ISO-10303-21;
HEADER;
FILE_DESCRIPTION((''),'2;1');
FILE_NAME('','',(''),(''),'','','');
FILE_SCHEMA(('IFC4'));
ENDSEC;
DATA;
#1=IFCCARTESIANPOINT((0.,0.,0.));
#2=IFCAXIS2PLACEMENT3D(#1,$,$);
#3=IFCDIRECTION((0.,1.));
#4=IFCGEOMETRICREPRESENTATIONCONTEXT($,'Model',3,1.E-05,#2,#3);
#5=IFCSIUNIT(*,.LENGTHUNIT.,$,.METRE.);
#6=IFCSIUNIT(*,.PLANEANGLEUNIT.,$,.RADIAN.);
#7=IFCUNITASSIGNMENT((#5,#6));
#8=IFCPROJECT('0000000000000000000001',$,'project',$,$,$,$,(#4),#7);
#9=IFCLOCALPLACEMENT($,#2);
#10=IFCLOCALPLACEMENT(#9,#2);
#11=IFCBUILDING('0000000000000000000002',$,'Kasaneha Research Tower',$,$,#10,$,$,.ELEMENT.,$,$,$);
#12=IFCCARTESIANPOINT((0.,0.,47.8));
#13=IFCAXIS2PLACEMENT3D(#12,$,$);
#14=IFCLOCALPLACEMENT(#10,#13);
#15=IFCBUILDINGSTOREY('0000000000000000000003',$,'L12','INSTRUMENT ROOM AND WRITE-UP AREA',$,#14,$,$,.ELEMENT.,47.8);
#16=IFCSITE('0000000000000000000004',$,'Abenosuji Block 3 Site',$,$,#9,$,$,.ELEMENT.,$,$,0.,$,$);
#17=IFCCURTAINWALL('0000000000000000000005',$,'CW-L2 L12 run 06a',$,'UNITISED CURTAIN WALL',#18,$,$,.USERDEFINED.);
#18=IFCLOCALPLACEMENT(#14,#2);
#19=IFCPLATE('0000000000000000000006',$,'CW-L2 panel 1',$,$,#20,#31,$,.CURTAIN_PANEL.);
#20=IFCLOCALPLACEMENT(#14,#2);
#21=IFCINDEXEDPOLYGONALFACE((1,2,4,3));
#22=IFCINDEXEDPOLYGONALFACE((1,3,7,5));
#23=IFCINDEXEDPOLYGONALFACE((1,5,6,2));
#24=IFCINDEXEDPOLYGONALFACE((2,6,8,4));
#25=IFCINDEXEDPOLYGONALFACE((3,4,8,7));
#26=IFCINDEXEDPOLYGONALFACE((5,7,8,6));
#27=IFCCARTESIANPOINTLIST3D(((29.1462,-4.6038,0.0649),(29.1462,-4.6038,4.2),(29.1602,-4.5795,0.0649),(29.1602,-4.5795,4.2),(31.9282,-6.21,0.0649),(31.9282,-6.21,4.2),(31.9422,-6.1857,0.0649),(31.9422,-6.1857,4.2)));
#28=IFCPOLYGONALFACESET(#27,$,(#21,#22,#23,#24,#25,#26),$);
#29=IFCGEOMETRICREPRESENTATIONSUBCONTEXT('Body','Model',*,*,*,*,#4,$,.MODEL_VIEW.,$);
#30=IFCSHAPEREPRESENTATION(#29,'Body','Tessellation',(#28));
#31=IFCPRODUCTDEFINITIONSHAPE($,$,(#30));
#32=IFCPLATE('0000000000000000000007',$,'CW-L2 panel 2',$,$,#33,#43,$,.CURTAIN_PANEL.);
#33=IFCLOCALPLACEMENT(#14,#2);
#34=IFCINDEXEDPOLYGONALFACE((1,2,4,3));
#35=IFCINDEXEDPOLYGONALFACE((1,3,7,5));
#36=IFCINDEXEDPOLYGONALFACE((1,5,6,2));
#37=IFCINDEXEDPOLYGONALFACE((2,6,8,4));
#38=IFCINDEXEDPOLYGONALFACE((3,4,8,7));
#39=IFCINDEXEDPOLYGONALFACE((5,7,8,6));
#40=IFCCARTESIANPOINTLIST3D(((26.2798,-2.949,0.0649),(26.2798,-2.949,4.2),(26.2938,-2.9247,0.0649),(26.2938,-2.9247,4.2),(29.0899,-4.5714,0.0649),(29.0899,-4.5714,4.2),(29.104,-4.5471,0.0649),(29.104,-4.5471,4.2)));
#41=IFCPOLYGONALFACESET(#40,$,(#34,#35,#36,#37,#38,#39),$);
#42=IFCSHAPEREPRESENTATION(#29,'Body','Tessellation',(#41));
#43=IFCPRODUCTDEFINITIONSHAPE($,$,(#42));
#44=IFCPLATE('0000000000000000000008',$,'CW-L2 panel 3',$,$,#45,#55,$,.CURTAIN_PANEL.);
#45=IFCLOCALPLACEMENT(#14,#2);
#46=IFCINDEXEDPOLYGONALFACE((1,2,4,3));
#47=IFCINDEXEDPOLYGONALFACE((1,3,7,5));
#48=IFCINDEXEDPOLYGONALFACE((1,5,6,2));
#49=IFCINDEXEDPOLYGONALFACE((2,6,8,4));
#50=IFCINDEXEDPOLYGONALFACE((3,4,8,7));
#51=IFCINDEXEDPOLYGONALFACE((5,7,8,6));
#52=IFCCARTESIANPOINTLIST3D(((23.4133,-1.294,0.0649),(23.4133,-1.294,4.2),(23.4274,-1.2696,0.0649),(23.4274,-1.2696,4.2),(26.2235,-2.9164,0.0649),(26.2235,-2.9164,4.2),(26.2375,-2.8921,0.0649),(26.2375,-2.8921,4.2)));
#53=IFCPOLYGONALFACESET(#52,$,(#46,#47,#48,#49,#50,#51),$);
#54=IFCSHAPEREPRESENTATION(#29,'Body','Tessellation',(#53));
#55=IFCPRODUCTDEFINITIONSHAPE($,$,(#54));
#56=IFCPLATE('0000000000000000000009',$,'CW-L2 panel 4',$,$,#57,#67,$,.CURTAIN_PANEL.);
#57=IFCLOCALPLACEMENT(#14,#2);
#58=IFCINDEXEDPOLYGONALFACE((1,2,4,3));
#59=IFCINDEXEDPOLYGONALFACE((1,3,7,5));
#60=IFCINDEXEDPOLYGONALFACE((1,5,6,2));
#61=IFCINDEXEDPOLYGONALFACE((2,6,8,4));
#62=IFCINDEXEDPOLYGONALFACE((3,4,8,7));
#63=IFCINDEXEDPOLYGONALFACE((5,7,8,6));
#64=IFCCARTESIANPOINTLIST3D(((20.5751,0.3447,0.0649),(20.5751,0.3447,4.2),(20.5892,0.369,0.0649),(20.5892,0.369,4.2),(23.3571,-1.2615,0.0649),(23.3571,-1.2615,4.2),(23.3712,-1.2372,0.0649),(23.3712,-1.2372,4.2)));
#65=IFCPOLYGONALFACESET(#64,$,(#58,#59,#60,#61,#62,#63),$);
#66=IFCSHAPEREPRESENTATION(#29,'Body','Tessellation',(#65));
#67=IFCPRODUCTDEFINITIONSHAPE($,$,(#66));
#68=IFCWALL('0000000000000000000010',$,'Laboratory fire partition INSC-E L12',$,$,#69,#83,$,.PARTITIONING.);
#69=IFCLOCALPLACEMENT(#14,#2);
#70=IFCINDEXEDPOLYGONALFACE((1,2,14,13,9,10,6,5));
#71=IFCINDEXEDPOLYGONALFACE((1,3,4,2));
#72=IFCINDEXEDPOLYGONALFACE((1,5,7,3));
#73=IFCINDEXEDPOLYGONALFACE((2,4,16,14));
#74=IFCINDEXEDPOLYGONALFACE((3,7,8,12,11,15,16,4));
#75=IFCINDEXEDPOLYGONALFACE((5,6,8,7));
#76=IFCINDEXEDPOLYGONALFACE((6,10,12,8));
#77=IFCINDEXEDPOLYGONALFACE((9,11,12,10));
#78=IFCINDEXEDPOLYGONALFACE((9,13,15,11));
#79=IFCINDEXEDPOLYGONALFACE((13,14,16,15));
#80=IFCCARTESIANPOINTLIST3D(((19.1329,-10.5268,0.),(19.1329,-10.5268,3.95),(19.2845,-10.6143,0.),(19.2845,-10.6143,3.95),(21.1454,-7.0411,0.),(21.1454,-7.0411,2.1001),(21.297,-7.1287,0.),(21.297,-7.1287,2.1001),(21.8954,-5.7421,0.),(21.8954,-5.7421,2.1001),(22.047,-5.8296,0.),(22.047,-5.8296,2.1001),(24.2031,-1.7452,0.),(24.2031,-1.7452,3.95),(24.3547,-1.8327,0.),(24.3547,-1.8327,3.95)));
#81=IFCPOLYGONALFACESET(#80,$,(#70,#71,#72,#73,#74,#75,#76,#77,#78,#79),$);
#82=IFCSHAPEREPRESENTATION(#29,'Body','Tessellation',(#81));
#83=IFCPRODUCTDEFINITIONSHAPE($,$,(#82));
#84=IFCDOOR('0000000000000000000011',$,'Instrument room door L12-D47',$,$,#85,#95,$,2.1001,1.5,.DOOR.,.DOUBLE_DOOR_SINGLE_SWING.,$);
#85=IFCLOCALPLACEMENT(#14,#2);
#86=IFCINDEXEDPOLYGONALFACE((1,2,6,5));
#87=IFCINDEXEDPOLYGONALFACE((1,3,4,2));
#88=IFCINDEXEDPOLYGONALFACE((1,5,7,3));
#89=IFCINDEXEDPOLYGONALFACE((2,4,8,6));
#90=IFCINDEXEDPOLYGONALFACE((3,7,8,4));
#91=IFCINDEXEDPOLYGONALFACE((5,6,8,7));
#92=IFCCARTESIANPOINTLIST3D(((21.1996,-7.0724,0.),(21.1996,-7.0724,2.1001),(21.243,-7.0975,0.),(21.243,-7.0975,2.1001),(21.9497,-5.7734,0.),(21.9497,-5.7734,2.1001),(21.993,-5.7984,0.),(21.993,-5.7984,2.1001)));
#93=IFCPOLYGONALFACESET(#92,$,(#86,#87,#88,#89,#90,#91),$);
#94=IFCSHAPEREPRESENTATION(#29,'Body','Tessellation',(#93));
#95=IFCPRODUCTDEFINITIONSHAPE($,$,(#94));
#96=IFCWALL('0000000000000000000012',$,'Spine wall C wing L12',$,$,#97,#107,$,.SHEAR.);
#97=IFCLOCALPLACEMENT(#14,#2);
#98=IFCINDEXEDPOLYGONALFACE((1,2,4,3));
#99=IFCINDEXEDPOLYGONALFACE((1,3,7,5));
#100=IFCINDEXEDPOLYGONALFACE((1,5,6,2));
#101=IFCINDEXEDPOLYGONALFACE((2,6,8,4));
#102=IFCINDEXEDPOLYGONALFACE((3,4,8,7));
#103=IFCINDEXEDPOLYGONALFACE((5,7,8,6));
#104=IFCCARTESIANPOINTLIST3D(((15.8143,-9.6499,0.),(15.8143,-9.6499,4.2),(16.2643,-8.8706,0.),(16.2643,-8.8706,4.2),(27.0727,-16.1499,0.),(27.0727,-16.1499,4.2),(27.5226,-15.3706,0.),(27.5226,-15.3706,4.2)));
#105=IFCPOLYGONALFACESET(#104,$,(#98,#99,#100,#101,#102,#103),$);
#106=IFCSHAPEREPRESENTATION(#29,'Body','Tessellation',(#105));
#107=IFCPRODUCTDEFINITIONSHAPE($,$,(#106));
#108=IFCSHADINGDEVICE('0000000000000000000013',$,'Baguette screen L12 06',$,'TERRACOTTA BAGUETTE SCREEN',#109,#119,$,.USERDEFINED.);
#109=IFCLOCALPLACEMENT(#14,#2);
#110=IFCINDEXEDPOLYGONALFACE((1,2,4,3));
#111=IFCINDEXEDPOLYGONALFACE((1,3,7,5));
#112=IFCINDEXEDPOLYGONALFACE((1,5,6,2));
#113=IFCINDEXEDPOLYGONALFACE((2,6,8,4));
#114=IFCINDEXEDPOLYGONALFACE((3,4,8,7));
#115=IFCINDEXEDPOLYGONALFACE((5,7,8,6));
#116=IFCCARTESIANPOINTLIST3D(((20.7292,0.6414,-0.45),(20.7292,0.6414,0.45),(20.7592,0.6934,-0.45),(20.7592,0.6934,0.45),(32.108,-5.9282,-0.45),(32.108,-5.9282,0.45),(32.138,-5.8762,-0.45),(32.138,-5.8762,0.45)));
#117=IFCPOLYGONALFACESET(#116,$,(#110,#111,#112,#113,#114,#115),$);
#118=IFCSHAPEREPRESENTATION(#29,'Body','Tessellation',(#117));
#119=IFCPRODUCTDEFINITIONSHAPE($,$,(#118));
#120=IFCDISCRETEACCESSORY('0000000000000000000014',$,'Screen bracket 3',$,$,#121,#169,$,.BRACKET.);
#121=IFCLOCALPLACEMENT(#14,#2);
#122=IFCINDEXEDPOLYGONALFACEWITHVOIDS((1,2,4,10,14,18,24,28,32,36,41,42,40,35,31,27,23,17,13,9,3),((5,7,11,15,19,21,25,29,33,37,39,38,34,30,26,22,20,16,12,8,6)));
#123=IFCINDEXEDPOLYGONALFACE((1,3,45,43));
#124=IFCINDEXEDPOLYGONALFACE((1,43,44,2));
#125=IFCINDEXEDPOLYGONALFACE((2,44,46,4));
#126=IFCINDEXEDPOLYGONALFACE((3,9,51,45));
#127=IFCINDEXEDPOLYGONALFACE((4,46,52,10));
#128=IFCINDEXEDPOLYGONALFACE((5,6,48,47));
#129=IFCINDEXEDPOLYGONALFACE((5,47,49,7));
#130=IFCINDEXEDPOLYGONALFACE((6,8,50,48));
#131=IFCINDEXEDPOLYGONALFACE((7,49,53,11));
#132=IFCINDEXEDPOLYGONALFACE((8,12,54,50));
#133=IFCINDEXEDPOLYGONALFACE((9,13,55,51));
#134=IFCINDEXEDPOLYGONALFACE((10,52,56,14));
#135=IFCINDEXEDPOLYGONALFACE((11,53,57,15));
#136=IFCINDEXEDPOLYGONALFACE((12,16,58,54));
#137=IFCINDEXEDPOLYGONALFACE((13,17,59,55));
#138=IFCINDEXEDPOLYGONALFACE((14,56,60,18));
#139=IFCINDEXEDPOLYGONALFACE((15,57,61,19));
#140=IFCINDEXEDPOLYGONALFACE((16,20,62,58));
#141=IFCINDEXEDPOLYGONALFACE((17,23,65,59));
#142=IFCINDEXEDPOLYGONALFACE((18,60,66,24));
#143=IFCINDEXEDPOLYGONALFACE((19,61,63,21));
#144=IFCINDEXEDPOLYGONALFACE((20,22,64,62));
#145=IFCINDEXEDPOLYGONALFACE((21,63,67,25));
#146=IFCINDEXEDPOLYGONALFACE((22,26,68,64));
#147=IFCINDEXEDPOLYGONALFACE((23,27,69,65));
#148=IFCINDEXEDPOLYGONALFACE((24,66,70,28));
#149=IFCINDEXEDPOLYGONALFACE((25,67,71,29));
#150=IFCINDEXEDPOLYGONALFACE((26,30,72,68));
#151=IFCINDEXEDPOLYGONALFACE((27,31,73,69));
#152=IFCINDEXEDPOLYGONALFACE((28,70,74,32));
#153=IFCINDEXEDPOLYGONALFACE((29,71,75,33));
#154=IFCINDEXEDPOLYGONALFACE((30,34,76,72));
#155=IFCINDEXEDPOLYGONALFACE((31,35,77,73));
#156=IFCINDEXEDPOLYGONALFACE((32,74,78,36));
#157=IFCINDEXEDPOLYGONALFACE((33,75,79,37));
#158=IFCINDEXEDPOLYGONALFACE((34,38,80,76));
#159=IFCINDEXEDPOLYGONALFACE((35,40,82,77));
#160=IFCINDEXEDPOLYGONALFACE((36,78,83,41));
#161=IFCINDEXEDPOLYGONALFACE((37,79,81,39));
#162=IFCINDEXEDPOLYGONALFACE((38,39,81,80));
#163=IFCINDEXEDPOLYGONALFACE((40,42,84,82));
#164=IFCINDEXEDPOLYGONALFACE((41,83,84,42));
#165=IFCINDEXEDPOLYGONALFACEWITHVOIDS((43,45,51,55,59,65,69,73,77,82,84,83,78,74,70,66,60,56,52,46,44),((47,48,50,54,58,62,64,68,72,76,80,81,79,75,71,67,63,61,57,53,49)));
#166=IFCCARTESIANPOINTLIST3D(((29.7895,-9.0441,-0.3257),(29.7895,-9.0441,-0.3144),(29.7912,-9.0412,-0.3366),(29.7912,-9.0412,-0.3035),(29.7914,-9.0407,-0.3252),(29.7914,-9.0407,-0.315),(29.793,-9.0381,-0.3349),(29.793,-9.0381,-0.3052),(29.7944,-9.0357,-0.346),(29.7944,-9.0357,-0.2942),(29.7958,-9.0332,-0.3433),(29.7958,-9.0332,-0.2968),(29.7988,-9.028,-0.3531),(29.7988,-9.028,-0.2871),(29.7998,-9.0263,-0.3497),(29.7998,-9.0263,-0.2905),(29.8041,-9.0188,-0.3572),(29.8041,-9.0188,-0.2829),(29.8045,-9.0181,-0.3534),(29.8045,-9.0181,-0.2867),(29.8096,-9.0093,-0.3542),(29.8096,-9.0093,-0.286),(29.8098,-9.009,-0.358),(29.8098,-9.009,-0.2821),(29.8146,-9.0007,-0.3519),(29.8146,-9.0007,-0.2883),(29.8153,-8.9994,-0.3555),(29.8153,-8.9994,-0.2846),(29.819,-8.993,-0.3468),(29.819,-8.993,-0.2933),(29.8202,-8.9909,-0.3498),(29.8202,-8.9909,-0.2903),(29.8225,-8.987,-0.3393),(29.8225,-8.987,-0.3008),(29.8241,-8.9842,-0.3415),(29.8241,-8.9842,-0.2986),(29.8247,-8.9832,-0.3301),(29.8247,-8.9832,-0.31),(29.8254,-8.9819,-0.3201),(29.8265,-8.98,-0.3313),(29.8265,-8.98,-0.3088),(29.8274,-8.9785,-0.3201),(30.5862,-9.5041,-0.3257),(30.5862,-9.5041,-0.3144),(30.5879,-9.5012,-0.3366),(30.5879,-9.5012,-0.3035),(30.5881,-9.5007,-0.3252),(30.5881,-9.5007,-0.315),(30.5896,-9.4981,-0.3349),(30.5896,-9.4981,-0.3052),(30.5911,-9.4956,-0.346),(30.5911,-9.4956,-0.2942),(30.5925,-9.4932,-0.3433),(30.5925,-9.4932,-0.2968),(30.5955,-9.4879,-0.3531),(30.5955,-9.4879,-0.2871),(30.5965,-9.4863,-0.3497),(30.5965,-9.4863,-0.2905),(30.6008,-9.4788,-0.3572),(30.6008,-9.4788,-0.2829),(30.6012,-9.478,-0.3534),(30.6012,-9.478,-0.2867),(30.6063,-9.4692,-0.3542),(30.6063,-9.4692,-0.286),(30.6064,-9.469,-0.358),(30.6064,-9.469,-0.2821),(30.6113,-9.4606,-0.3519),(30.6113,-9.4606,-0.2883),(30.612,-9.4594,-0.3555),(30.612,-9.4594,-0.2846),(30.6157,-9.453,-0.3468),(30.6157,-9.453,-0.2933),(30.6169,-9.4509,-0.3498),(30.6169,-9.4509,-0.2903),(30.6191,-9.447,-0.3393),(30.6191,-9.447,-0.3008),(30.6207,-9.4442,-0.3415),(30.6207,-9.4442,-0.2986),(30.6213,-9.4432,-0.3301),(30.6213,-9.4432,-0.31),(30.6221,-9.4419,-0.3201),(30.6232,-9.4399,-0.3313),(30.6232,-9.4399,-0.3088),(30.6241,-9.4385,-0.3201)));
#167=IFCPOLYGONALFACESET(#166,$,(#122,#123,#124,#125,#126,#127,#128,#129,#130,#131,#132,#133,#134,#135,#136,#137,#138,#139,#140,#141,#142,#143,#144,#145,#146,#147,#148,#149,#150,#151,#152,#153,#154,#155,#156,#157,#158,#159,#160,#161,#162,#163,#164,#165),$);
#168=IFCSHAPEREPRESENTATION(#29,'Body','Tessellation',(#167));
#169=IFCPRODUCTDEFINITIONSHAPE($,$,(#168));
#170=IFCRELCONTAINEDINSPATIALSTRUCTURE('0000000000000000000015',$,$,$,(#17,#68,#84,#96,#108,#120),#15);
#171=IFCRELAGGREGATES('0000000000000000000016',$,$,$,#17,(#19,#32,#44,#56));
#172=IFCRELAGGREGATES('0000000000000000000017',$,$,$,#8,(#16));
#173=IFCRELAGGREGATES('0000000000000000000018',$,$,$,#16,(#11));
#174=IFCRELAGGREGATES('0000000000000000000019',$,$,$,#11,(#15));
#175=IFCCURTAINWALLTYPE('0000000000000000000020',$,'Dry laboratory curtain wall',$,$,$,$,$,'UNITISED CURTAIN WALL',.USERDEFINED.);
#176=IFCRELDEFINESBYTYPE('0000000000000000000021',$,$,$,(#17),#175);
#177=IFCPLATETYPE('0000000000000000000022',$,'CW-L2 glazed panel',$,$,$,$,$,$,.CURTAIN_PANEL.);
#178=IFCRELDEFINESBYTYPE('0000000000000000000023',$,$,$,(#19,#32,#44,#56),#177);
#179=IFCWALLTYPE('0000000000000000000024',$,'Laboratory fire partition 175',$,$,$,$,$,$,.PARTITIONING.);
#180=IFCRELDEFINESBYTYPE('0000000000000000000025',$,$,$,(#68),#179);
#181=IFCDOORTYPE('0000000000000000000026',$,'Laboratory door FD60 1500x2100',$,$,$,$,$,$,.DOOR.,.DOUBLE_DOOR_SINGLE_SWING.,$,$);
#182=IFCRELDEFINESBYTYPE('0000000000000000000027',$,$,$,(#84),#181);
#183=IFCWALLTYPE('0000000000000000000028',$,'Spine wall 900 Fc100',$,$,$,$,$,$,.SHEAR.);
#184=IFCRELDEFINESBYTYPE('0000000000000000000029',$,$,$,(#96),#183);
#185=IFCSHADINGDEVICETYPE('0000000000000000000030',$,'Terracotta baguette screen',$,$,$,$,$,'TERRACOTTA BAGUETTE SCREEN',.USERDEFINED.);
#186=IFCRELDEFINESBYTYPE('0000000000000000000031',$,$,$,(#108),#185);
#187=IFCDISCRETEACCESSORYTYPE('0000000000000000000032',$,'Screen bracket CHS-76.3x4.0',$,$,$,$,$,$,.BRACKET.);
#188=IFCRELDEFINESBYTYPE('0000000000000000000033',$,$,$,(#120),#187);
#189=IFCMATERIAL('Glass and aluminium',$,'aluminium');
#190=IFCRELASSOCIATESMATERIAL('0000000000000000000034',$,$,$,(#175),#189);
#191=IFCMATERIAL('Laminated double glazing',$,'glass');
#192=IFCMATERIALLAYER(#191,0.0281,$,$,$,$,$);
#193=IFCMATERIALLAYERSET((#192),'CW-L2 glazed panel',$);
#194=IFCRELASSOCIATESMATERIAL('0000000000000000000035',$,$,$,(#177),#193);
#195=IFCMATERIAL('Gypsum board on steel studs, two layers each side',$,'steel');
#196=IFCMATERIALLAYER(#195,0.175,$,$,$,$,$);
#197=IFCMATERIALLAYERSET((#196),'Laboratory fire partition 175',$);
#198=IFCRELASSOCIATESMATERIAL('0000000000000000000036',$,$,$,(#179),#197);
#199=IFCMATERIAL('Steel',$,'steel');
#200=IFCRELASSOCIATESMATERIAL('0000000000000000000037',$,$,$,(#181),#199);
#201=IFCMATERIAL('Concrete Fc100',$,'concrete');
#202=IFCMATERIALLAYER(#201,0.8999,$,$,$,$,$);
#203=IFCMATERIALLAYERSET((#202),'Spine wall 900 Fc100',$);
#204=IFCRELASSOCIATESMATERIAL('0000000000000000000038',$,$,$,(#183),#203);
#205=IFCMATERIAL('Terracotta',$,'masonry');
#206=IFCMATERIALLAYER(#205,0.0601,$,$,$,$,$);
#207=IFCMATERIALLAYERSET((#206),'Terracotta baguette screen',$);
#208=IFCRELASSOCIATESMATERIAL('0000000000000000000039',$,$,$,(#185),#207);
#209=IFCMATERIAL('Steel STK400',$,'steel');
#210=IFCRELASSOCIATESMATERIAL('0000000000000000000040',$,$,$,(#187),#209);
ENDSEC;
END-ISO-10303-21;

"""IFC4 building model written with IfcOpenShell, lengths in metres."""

from ifc_helpers import new_model, si_unit, direction, frame, frame_2d, origin, origin_2d, place, context, subcontext, project, spatial, rectangle, hollow_circle, extrude, material, layer, layer_set, material_profile, profile_set, type_object, element, fill, aggregate, save


model = new_model("IFC4")

# Units and contexts
model_context = context("Model", 3, precision=1e-05, world=origin(), true_north=direction((0.0, 1.0)))
body_context = subcontext(model_context, "Body", "Model", "MODEL_VIEW")
ifc_project = project(units=[si_unit("LENGTHUNIT", "METRE"), si_unit("PLANEANGLEUNIT", "RADIAN")], contexts=[model_context])

# Site, building, storey
site_placement = place(None, origin())
site = spatial("IfcSite", under=ifc_project, at=site_placement, Name="Abenosuji Block 3 Site", CompositionType="ELEMENT", RefElevation=0.0)
building_placement = place(site_placement, origin())
building = spatial("IfcBuilding", under=site, at=building_placement, Name="Kasaneha Research Tower", CompositionType="ELEMENT")
storey_placement = place(building_placement, frame((0.0, 0.0, 47.8)))
storey = spatial("IfcBuildingStorey", under=building, at=storey_placement, Name="L12", Description="INSTRUMENT ROOM AND WRITE-UP AREA", CompositionType="ELEMENT", Elevation=47.8)

# Curtain wall
ifc_material_1 = material(Name="Glass and aluminium", Category="aluminium")
curtain_wall_type = type_object("IfcCurtainWallType", Name="Dry laboratory curtain wall", ElementType="UNITISED CURTAIN WALL", PredefinedType="USERDEFINED", material=ifc_material_1)
curtain_wall_1_placement = place(storey_placement, origin())
curtain_wall_1 = element("IfcCurtainWall", 1, at=curtain_wall_1_placement, inside=storey, type_object=curtain_wall_type, Name="CW-L2 L12 run 06a", ObjectType="UNITISED CURTAIN WALL", PredefinedType="USERDEFINED")

# Plates
ifc_material_2 = material(Name="Laminated double glazing", Category="glass")
ifc_layer_1 = layer(ifc_material_2, 0.0281)
ifc_layer_set_1 = layer_set([ifc_layer_1], Name="CW-L2 glazed panel")
plate_type = type_object("IfcPlateType", Name="CW-L2 glazed panel", PredefinedType="CURTAIN_PANEL", material=ifc_layer_set_1)
plate_1_placement = place(storey_placement, frame((30.5442, -5.3948, 0.0649), z_axis=(0.0, 0.0, 1.0), x_axis=(-0.866025, 0.5, 0.0)))
plate_1 = element("IfcPlate", 2, at=plate_1_placement, type_object=plate_type, Name="CW-L2 panel 1", PredefinedType="CURTAIN_PANEL", context=body_context, shape_type="SweptSolid", body=[
    extrude(rectangle(XDim=3.2124, YDim=0.0281, at=origin_2d()), origin(), (0.0, 0.0, 1.0), 4.135),
])
plate_2_placement = place(storey_placement, frame((27.6919, -3.748, 0.0649), z_axis=(0.0, 0.0, 1.0), x_axis=(-0.866025, 0.5, 0.0)))
plate_2 = element("IfcPlate", 3, at=plate_2_placement, type_object=plate_type, Name="CW-L2 panel 2", PredefinedType="CURTAIN_PANEL", context=body_context, shape_type="SweptSolid", body=[
    extrude(rectangle(XDim=3.2449, YDim=0.0281, at=origin_2d()), origin(), (0.0, 0.0, 1.0), 4.135),
])
plate_3_placement = place(storey_placement, frame((24.8254, -2.093, 0.0649), z_axis=(0.0, 0.0, 1.0), x_axis=(-0.866025, 0.5, 0.0)))
plate_3 = element("IfcPlate", 4, at=plate_3_placement, type_object=plate_type, Name="CW-L2 panel 3", PredefinedType="CURTAIN_PANEL", context=body_context, shape_type="SweptSolid", body=[
    extrude(rectangle(XDim=3.2449, YDim=0.0281, at=origin_2d()), origin(), (0.0, 0.0, 1.0), 4.135),
])
plate_4_placement = place(storey_placement, frame((21.9731, -0.4463, 0.0649), z_axis=(0.0, 0.0, 1.0), x_axis=(-0.866025, 0.5, 0.0)))
plate_4 = element("IfcPlate", 5, at=plate_4_placement, type_object=plate_type, Name="CW-L2 panel 4", PredefinedType="CURTAIN_PANEL", context=body_context, shape_type="SweptSolid", body=[
    extrude(rectangle(XDim=3.2124, YDim=0.0281, at=origin_2d()), origin(), (0.0, 0.0, 1.0), 4.135),
])
aggregate(curtain_wall_1, [plate_1, plate_2, plate_3, plate_4])

# Wall, opening, door
ifc_material_3 = material(Name="Gypsum board on steel studs, two layers each side", Category="steel")
ifc_layer_2 = layer(ifc_material_3, 0.175)
ifc_layer_set_2 = layer_set([ifc_layer_2], Name="Laboratory fire partition 175")
wall_type_1 = type_object("IfcWallType", Name="Laboratory fire partition 175", PredefinedType="PARTITIONING", material=ifc_layer_set_2)
wall_1_placement = place(storey_placement, frame((19.2087, -10.5706, 0.0), z_axis=(0.0, 0.0, 1.0), x_axis=(0.500005, 0.866022, 0.0)))
wall_1 = element("IfcWall", 6, at=wall_1_placement, inside=storey, type_object=wall_type_1, Name="Laboratory fire partition INSC-E L12", PredefinedType="PARTITIONING", context=body_context, shape_type="SweptSolid", body=[
    extrude(rectangle(XDim=10.1401, YDim=0.175, at=frame_2d((5.0701, 0.0))), origin(), (0.0, 0.0, 1.0), 3.95),
])
opening_placement = place(wall_1_placement, frame((4.0249, 0.0, 0.0)))
opening = element("IfcOpeningElement", 7, at=opening_placement, cuts=wall_1, PredefinedType="OPENING", context=body_context, shape_type="SweptSolid", body=[
    extrude(rectangle(XDim=1.5, YDim=2.1001, at=frame_2d((0.75, 1.05))), frame((0.0, 0.0977, 0.0), z_axis=(0.0, -1.0, 0.0), x_axis=(1.0, 0.0, 0.0)), (0.0, 0.0, 1.0), 0.1951),
])
ifc_material_4 = material(Name="Steel", Category="steel")
door_type = type_object("IfcDoorType", Name="Laboratory door FD60 1500x2100", OperationType="DOUBLE_DOOR_SINGLE_SWING", PredefinedType="DOOR", material=ifc_material_4)
door_placement = place(opening_placement, origin())
door = element("IfcDoor", 8, at=door_placement, inside=storey, type_object=door_type, Name="Instrument room door L12-D47", OperationType="DOUBLE_DOOR_SINGLE_SWING", OverallHeight=2.1001, OverallWidth=1.5, PredefinedType="DOOR", context=body_context, shape_type="SweptSolid", body=[
    extrude(rectangle(XDim=1.5, YDim=2.1001, at=frame_2d((0.75, 1.05))), frame((0.0, 0.0249, 0.0), z_axis=(0.0, -1.0, 0.0), x_axis=(1.0, 0.0, 0.0)), (0.0, 0.0, 1.0), 0.05),
])
fill(opening, door)

# Wall
ifc_material_5 = material(Name="Concrete Fc100", Category="concrete")
ifc_layer_3 = layer(ifc_material_5, 0.8999)
ifc_layer_set_3 = layer_set([ifc_layer_3], Name="Spine wall 900 Fc100")
wall_type_2 = type_object("IfcWallType", Name="Spine wall 900 Fc100", PredefinedType="SHEAR", material=ifc_layer_set_3)
wall_2_placement = place(storey_placement, frame((16.0393, -9.2603, 0.0), z_axis=(0.0, 0.0, 1.0), x_axis=(0.866025, -0.500001, 0.0)))
element("IfcWall", 9, at=wall_2_placement, inside=storey, type_object=wall_type_2, Name="Spine wall C wing L12", PredefinedType="SHEAR", context=body_context, shape_type="SweptSolid", body=[
    extrude(rectangle(XDim=13.0, YDim=0.8999, at=frame_2d((6.5, 0.0))), origin(), (0.0, 0.0, 1.0), 4.2),
])

# Shading device
ifc_material_6 = material(Name="Terracotta", Category="masonry")
ifc_layer_4 = layer(ifc_material_6, 0.0601)
ifc_layer_set_4 = layer_set([ifc_layer_4], Name="Terracotta baguette screen")
shading_device_type = type_object("IfcShadingDeviceType", Name="Terracotta baguette screen", ElementType="TERRACOTTA BAGUETTE SCREEN", PredefinedType="USERDEFINED", material=ifc_layer_set_4)
shading_device_placement = place(storey_placement, frame((26.4336, -2.6174, -0.45), z_axis=(0.0, 0.0, 1.0), x_axis=(-0.866025, 0.5, 0.0)))
element("IfcShadingDevice", 10, at=shading_device_placement, inside=storey, type_object=shading_device_type, Name="Baguette screen L12 06", ObjectType="TERRACOTTA BAGUETTE SCREEN", PredefinedType="USERDEFINED", context=body_context, shape_type="SweptSolid", body=[
    extrude(rectangle(XDim=13.1392, YDim=0.0601, at=origin_2d()), origin(), (0.0, 0.0, 1.0), 0.8999),
])

# Discrete accessory
ifc_material_7 = material(Name="Steel STK400", Category="steel")
ifc_material_profile_1 = material_profile(ifc_material_7, hollow_circle(Radius=0.0381, WallThickness=0.0039, at=origin_2d()), Name="CHS-76.3x4.0")
ifc_profile_set_1 = profile_set([ifc_material_profile_1], Name="Steel STK400")
discrete_accessory_type = type_object("IfcDiscreteAccessoryType", Name="Screen bracket CHS-76.3x4.0", PredefinedType="BRACKET", material=ifc_profile_set_1)
discrete_accessory_1_placement = place(storey_placement, frame((29.8083, -9.0115, -0.3201), z_axis=(0.866013, -0.500021, 0.0), x_axis=(0.500021, 0.866013, 0.0)))
element("IfcDiscreteAccessory", 11, at=discrete_accessory_1_placement, inside=storey, type_object=discrete_accessory_type, Name="Screen bracket 3", PredefinedType="BRACKET", context=body_context, shape_type="SweptSolid", body=[
    extrude(hollow_circle(Radius=0.0381, WallThickness=0.0039, at=origin_2d()), origin(), (0.0, 0.0, 1.0), 0.9199),
])

save(model, "model.ifc")
